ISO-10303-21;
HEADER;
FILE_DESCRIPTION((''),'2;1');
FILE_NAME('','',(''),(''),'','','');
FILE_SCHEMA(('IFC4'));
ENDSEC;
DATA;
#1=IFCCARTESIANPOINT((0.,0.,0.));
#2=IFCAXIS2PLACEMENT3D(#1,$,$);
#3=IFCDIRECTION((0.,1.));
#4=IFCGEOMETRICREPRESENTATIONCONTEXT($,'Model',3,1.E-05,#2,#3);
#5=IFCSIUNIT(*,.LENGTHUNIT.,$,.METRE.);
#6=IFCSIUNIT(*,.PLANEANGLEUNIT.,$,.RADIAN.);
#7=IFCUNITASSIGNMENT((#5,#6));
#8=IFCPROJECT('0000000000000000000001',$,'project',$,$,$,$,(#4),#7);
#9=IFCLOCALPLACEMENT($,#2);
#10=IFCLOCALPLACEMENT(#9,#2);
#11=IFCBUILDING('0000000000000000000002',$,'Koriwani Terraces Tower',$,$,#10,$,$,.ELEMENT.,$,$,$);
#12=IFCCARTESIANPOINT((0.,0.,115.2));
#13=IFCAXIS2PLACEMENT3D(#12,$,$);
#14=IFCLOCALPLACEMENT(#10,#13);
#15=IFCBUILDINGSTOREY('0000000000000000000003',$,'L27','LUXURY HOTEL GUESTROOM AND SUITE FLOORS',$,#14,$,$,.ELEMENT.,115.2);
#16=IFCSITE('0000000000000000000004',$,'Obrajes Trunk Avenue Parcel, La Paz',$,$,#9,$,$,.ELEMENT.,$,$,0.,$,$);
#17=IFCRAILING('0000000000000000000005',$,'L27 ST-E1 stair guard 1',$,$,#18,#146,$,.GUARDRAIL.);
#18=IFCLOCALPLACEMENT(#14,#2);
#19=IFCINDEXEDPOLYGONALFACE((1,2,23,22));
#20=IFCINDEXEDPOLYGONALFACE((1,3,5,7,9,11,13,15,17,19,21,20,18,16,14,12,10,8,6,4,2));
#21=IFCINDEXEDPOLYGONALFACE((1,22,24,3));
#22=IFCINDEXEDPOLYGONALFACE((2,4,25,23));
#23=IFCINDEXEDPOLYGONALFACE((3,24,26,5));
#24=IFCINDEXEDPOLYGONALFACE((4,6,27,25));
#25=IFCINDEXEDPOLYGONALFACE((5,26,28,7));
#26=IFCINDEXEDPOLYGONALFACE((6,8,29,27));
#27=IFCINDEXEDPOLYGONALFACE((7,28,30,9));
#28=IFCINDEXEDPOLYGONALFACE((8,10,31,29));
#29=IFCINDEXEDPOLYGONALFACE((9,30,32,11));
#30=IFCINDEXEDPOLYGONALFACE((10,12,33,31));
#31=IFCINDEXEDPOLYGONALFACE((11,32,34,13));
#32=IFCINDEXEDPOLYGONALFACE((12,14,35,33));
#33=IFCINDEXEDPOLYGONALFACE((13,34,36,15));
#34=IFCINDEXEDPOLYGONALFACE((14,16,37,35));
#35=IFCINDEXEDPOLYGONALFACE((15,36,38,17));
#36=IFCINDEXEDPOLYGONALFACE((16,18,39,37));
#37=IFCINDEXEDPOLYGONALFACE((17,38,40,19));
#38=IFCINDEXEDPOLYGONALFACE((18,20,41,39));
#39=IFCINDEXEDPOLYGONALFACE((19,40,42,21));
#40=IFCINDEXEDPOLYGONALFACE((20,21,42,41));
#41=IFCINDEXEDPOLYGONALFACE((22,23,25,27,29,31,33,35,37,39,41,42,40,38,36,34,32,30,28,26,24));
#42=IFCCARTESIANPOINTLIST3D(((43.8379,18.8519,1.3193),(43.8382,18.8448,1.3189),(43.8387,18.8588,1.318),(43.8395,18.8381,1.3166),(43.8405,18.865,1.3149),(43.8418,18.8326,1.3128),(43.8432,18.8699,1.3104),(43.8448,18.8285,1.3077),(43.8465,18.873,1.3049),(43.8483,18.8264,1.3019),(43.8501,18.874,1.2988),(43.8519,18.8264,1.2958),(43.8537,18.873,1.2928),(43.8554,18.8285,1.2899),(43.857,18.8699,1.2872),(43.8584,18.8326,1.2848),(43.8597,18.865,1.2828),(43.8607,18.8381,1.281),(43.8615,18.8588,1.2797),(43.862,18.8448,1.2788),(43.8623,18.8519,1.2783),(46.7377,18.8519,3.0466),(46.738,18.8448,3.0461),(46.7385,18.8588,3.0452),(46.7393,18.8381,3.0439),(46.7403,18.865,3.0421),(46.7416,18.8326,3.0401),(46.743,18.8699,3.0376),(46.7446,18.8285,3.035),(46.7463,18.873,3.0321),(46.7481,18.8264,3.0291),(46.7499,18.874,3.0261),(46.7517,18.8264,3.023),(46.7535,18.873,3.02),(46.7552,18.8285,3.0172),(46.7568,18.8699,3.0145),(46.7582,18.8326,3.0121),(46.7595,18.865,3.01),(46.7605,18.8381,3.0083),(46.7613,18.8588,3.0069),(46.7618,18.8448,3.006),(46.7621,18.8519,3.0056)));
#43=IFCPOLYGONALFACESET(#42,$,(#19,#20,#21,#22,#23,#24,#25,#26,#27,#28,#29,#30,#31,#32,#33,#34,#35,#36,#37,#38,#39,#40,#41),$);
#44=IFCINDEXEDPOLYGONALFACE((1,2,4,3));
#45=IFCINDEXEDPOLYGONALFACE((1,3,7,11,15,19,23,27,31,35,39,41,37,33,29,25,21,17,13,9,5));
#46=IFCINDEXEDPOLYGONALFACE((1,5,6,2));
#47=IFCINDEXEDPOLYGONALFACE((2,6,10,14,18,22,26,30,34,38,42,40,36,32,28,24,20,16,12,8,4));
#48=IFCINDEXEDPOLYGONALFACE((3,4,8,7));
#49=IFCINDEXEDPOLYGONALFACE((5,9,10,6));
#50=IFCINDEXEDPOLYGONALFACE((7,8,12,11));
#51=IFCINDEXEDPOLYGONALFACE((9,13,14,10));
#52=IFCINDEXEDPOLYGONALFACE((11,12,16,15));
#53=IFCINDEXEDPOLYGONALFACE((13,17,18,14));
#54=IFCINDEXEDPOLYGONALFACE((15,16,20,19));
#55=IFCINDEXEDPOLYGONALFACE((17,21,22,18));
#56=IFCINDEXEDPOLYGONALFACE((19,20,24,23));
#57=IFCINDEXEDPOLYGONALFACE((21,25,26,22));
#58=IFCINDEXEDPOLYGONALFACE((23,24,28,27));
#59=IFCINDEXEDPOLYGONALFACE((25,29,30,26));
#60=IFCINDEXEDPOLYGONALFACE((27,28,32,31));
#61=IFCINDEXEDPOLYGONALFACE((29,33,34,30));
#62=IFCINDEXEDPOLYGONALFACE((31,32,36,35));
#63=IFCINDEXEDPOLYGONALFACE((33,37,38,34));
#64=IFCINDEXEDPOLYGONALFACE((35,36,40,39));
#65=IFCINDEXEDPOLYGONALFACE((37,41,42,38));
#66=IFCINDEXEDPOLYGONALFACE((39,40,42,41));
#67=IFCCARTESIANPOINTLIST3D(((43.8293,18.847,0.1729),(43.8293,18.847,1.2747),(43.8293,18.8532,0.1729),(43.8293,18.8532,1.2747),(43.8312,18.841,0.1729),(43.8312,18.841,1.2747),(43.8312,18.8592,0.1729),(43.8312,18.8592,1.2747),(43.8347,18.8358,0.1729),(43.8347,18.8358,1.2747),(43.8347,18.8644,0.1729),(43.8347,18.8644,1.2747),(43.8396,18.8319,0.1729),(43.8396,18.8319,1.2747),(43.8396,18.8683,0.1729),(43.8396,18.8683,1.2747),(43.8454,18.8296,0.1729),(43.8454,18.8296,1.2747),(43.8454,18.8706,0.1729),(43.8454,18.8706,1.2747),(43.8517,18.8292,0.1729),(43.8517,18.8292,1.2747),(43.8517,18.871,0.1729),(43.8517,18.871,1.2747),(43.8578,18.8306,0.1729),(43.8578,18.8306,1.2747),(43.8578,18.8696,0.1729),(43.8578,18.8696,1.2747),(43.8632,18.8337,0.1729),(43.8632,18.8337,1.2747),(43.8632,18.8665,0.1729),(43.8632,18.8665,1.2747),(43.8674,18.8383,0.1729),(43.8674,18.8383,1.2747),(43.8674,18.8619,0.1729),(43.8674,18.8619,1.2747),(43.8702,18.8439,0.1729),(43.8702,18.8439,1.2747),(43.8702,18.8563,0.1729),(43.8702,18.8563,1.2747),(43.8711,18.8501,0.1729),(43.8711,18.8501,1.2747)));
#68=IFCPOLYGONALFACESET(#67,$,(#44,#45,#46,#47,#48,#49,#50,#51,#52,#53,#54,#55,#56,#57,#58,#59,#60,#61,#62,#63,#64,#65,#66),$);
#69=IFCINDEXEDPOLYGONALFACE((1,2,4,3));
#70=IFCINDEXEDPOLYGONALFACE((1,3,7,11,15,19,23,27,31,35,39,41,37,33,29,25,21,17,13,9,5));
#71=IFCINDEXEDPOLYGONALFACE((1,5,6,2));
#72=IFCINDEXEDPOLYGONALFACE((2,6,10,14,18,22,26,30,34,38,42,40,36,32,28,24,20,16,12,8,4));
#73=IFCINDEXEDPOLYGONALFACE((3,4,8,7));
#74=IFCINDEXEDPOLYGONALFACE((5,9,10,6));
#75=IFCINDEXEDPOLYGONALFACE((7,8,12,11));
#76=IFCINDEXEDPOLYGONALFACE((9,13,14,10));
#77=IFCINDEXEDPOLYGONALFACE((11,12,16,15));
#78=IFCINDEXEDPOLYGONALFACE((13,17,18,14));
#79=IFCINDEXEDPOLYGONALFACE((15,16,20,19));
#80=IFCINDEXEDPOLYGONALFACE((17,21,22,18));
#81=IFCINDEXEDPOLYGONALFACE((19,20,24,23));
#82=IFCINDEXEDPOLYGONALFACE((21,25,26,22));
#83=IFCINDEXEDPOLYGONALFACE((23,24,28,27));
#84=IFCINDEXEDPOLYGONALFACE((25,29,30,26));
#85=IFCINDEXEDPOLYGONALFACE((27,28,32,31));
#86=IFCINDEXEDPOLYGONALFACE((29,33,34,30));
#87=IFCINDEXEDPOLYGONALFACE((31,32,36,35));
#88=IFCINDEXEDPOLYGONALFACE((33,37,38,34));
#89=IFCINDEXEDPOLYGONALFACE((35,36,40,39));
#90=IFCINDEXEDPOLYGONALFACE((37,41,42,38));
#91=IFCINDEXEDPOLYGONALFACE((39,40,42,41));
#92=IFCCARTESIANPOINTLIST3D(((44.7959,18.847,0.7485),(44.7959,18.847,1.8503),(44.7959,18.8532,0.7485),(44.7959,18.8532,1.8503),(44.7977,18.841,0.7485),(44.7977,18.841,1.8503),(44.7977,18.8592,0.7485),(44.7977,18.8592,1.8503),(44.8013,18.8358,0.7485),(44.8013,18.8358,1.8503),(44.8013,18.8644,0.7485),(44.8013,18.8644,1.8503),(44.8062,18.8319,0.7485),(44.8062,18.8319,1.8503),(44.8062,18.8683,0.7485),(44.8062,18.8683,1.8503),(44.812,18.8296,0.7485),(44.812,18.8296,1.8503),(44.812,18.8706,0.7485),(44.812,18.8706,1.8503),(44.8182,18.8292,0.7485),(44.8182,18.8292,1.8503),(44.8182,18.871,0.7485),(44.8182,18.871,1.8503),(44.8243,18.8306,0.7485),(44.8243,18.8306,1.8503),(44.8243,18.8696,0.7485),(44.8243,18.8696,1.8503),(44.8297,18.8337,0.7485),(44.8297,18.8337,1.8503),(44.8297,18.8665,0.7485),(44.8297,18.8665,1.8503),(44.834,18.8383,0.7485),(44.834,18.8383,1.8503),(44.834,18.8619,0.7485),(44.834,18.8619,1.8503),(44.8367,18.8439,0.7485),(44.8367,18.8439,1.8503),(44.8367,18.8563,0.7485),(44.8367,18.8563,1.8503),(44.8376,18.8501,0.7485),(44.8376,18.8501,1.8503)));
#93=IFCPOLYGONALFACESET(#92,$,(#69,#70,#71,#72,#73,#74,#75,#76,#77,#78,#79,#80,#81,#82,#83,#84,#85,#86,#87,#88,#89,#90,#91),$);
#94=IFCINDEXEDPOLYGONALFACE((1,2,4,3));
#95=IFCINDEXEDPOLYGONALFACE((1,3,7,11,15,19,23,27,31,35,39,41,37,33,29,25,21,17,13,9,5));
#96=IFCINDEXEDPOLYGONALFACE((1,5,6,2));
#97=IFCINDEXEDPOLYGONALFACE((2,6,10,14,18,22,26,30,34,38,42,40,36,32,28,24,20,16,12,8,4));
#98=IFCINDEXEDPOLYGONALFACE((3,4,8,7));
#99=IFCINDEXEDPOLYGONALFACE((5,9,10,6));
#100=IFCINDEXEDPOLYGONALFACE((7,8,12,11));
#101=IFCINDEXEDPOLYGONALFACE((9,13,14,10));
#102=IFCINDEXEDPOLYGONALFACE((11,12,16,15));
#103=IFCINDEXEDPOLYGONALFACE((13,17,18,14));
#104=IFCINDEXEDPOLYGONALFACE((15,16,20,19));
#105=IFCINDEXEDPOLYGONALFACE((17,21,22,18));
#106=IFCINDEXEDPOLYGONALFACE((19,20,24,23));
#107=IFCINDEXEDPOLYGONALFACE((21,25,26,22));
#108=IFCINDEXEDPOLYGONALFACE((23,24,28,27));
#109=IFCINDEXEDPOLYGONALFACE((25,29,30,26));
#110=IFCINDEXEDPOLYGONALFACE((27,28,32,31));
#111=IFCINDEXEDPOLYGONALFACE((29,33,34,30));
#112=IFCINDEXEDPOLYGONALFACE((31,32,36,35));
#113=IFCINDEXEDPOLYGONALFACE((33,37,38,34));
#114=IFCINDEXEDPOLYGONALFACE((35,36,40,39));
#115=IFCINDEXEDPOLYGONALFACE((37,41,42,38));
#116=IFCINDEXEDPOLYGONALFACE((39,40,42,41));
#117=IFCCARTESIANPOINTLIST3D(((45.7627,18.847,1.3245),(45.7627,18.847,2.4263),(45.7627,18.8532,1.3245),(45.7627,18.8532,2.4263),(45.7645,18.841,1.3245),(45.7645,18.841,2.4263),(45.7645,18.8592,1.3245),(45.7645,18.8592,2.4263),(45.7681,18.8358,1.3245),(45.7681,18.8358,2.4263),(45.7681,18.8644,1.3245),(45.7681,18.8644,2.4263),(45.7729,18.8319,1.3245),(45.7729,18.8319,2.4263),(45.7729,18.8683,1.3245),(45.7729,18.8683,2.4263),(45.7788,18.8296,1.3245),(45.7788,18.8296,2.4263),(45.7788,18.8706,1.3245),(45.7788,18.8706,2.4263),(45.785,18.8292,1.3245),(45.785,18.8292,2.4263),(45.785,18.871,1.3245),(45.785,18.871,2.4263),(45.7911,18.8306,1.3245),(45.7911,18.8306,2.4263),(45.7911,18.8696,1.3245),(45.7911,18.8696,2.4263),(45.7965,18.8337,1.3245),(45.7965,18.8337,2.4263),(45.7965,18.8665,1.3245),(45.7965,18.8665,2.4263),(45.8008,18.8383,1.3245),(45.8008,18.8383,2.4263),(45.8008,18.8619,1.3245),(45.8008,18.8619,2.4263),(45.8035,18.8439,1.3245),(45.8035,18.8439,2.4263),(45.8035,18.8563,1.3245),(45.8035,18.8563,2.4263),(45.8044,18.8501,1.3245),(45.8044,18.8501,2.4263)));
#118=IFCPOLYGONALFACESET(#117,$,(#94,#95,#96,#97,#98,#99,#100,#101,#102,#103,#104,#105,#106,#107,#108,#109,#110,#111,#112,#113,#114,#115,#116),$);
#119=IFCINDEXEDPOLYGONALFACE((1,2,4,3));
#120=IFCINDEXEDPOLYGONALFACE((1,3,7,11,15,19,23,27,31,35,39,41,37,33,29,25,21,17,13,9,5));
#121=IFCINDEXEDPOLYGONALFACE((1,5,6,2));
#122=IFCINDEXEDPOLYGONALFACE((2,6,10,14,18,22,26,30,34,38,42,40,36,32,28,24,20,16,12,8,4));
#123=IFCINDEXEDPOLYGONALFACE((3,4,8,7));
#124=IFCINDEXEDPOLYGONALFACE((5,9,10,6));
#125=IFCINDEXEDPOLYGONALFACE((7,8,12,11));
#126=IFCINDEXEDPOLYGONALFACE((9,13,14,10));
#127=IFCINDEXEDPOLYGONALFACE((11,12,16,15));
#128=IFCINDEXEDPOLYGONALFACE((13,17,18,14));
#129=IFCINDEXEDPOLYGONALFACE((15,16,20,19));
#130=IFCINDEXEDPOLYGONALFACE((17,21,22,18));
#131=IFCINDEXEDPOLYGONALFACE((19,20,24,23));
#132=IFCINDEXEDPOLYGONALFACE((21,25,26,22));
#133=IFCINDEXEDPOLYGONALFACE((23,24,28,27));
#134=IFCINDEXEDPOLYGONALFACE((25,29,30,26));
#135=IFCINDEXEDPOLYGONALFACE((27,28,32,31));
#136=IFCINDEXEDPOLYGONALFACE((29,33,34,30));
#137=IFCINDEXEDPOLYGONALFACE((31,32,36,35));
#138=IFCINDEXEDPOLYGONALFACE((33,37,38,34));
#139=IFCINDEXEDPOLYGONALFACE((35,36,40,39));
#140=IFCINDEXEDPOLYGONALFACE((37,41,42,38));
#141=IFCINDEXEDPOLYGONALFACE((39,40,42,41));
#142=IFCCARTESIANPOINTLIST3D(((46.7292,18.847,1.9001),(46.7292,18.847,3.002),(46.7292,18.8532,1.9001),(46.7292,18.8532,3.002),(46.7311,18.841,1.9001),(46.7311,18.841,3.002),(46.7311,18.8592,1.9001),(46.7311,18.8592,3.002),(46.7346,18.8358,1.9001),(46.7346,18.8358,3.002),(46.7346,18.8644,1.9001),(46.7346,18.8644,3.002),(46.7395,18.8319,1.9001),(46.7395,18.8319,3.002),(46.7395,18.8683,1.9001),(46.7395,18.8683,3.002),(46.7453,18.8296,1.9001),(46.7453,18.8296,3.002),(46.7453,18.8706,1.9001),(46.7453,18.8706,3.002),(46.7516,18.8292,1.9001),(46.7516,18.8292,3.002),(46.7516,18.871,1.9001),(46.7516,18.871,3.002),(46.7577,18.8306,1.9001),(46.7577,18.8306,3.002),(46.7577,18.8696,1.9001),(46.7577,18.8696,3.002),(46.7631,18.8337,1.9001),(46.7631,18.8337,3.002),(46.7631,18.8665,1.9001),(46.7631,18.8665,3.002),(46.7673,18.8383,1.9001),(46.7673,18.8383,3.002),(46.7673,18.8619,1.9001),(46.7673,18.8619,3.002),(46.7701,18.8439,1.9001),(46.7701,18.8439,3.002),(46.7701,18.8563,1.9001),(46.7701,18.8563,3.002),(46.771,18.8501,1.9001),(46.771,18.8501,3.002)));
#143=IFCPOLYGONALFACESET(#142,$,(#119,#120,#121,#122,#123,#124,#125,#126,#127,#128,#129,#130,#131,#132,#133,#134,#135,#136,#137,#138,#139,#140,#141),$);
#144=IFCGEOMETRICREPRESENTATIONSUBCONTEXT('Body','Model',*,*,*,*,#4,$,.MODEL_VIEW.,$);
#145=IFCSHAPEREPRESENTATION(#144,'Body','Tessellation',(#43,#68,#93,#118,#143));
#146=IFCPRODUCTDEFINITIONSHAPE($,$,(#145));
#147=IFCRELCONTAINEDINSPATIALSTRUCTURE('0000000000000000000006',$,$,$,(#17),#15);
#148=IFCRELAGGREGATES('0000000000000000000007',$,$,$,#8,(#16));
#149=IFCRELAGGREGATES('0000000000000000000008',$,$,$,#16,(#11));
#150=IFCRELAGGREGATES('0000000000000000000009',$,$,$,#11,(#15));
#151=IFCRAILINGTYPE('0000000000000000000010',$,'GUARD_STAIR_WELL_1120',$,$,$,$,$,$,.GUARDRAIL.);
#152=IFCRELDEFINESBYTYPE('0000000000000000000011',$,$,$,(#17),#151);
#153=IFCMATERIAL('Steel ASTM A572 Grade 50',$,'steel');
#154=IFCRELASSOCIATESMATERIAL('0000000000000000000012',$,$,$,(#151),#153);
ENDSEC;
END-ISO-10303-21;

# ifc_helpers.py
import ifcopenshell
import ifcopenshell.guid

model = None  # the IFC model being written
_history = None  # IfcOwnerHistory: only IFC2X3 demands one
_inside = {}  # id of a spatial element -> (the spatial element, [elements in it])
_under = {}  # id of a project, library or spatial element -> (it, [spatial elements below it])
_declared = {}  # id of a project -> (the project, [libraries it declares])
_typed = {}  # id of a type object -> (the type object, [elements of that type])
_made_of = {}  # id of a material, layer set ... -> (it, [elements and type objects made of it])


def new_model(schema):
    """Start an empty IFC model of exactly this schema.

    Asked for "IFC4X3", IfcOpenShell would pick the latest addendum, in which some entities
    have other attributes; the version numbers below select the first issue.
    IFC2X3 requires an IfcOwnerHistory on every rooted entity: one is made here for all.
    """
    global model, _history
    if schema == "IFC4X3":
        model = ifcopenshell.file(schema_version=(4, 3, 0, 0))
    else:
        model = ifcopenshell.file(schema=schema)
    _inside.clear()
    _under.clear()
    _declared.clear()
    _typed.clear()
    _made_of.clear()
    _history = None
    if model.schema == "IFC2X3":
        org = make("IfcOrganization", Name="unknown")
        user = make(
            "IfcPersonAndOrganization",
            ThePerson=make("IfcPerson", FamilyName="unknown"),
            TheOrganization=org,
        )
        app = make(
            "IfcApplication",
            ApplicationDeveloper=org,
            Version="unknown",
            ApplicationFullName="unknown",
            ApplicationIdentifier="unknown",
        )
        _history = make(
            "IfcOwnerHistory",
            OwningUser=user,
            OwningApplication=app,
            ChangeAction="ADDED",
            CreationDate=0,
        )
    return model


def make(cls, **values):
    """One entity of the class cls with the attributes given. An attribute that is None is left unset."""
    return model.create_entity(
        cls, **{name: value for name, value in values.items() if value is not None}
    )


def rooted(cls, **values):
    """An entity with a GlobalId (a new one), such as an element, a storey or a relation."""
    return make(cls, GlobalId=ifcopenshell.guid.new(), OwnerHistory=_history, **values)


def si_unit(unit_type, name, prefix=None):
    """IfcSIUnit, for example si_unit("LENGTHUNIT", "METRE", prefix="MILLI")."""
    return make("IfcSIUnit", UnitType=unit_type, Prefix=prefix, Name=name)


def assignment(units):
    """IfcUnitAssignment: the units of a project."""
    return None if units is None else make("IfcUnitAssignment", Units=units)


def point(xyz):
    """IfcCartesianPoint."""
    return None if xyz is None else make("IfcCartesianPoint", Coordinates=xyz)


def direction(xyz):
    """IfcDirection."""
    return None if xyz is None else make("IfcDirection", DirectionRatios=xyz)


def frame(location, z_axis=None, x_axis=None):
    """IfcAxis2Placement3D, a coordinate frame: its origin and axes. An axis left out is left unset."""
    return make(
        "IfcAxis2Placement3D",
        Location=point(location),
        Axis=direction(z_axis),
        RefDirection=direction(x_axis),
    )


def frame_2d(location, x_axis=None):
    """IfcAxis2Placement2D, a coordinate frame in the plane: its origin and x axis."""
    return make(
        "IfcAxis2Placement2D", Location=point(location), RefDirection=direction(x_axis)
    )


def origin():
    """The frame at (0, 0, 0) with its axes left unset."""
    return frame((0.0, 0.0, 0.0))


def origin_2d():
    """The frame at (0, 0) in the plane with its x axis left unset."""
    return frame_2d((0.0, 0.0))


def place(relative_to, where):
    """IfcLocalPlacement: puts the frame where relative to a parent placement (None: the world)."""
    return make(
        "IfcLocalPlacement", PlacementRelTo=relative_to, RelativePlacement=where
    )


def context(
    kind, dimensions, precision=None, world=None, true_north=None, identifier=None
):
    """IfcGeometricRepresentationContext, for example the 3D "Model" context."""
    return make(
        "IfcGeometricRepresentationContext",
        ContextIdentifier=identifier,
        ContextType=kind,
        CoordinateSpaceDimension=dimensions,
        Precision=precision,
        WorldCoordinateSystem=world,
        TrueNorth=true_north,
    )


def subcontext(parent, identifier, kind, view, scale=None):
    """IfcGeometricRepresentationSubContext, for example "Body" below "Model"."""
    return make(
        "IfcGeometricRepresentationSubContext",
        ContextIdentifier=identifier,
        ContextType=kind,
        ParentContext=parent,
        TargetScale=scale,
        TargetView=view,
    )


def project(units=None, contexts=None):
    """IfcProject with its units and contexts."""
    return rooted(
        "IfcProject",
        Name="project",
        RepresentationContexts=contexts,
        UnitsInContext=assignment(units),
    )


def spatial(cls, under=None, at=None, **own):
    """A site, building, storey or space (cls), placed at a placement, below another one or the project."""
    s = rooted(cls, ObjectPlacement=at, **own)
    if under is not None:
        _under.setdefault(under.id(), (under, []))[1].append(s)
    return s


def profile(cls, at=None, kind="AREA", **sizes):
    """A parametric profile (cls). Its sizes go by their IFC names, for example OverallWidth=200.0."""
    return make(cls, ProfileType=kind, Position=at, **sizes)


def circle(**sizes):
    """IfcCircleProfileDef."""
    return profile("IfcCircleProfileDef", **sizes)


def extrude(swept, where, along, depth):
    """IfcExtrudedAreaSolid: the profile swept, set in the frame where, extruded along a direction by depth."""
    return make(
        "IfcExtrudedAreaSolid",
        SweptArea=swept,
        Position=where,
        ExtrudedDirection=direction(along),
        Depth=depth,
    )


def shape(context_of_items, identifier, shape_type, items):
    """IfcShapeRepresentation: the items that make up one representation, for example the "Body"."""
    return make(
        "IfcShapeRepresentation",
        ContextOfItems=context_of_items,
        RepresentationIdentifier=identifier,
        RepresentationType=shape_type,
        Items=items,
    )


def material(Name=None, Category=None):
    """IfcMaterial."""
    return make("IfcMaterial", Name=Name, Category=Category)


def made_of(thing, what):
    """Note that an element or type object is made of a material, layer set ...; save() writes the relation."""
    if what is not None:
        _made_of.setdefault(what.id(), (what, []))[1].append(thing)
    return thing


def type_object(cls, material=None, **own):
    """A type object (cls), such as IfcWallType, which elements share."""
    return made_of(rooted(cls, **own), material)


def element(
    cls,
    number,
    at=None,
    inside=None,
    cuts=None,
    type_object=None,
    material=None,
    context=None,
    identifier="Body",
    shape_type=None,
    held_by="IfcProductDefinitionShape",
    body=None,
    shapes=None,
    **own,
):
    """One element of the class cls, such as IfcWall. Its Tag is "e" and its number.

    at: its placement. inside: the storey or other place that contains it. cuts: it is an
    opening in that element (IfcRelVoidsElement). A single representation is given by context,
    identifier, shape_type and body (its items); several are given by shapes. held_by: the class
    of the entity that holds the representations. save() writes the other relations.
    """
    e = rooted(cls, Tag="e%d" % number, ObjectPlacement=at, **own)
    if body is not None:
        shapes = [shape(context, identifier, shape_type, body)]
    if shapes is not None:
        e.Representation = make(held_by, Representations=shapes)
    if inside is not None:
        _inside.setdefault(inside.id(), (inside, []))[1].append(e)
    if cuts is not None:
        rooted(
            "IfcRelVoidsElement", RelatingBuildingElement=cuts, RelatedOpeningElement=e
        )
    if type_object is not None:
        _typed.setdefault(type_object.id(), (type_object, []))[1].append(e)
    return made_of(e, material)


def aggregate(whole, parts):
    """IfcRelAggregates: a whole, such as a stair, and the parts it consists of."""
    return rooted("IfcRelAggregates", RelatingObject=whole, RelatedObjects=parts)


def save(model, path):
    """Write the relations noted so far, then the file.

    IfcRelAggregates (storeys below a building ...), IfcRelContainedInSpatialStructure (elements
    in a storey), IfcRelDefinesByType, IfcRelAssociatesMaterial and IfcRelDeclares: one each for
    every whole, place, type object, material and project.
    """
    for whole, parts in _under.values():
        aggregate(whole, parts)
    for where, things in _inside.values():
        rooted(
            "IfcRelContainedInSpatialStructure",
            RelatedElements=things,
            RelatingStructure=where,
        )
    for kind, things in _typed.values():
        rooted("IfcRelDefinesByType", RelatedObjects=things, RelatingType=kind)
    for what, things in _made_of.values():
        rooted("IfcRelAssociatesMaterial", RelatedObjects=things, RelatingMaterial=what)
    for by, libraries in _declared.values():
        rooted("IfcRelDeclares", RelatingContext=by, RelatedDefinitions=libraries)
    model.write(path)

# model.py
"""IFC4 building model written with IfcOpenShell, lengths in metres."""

from ifc_helpers import new_model, si_unit, direction, frame, origin, origin_2d, place, context, subcontext, project, spatial, circle, extrude, material, type_object, element, save


model = new_model("IFC4")

# Units and contexts
model_context = context("Model", 3, precision=1e-05, world=origin(), true_north=direction((0.0, 1.0)))
body_context = subcontext(model_context, "Body", "Model", "MODEL_VIEW")
ifc_project = project(units=[si_unit("LENGTHUNIT", "METRE"), si_unit("PLANEANGLEUNIT", "RADIAN")], contexts=[model_context])

# Site, building, storey
site_placement = place(None, origin())
site = spatial("IfcSite", under=ifc_project, at=site_placement, Name="Obrajes Trunk Avenue Parcel, La Paz", CompositionType="ELEMENT", RefElevation=0.0)
building_placement = place(site_placement, origin())
building = spatial("IfcBuilding", under=site, at=building_placement, Name="Koriwani Terraces Tower", CompositionType="ELEMENT")
storey_placement = place(building_placement, frame((0.0, 0.0, 115.2)))
storey = spatial("IfcBuildingStorey", under=building, at=storey_placement, Name="L27", Description="LUXURY HOTEL GUESTROOM AND SUITE FLOORS", CompositionType="ELEMENT", Elevation=115.2)

# Shared definitions
ifc_material_1 = material(Name="Steel ASTM A572 Grade 50", Category="steel")

# Railing
railing_type_1 = type_object("IfcRailingType", Name="GUARD_STAIR_WELL_1120", PredefinedType="GUARDRAIL", material=ifc_material_1)
railing_1_placement = place(storey_placement, frame((43.8501, 18.8501, 0.1729)))
element("IfcRailing", 1, at=railing_1_placement, inside=storey, type_object=railing_type_1, Name="L27 ST-E1 stair guard 1", PredefinedType="GUARDRAIL", context=body_context, shape_type="SweptSolid", body=[
    extrude(circle(Radius=0.0239, at=origin_2d()), frame((0.0, 0.0, 1.126), z_axis=(0.859141, 0.0, 0.511738), x_axis=(0.0, 1.0, 0.0)), (0.0, 0.0, 1.0), 3.3752),
    extrude(circle(Radius=0.021, at=origin_2d()), origin(), (0.0, 0.0, 1.0), 1.1018),
    extrude(circle(Radius=0.021, at=origin_2d()), frame((0.9666, 0.0, 0.5757)), (0.0, 0.0, 1.0), 1.1018),
    extrude(circle(Radius=0.021, at=origin_2d()), frame((1.9333, 0.0, 1.1516)), (0.0, 0.0, 1.0), 1.1018),
    extrude(circle(Radius=0.021, at=origin_2d()), frame((2.8999, 0.0, 1.7273)), (0.0, 0.0, 1.0), 1.1018),
])

save(model, "model.ifc")
